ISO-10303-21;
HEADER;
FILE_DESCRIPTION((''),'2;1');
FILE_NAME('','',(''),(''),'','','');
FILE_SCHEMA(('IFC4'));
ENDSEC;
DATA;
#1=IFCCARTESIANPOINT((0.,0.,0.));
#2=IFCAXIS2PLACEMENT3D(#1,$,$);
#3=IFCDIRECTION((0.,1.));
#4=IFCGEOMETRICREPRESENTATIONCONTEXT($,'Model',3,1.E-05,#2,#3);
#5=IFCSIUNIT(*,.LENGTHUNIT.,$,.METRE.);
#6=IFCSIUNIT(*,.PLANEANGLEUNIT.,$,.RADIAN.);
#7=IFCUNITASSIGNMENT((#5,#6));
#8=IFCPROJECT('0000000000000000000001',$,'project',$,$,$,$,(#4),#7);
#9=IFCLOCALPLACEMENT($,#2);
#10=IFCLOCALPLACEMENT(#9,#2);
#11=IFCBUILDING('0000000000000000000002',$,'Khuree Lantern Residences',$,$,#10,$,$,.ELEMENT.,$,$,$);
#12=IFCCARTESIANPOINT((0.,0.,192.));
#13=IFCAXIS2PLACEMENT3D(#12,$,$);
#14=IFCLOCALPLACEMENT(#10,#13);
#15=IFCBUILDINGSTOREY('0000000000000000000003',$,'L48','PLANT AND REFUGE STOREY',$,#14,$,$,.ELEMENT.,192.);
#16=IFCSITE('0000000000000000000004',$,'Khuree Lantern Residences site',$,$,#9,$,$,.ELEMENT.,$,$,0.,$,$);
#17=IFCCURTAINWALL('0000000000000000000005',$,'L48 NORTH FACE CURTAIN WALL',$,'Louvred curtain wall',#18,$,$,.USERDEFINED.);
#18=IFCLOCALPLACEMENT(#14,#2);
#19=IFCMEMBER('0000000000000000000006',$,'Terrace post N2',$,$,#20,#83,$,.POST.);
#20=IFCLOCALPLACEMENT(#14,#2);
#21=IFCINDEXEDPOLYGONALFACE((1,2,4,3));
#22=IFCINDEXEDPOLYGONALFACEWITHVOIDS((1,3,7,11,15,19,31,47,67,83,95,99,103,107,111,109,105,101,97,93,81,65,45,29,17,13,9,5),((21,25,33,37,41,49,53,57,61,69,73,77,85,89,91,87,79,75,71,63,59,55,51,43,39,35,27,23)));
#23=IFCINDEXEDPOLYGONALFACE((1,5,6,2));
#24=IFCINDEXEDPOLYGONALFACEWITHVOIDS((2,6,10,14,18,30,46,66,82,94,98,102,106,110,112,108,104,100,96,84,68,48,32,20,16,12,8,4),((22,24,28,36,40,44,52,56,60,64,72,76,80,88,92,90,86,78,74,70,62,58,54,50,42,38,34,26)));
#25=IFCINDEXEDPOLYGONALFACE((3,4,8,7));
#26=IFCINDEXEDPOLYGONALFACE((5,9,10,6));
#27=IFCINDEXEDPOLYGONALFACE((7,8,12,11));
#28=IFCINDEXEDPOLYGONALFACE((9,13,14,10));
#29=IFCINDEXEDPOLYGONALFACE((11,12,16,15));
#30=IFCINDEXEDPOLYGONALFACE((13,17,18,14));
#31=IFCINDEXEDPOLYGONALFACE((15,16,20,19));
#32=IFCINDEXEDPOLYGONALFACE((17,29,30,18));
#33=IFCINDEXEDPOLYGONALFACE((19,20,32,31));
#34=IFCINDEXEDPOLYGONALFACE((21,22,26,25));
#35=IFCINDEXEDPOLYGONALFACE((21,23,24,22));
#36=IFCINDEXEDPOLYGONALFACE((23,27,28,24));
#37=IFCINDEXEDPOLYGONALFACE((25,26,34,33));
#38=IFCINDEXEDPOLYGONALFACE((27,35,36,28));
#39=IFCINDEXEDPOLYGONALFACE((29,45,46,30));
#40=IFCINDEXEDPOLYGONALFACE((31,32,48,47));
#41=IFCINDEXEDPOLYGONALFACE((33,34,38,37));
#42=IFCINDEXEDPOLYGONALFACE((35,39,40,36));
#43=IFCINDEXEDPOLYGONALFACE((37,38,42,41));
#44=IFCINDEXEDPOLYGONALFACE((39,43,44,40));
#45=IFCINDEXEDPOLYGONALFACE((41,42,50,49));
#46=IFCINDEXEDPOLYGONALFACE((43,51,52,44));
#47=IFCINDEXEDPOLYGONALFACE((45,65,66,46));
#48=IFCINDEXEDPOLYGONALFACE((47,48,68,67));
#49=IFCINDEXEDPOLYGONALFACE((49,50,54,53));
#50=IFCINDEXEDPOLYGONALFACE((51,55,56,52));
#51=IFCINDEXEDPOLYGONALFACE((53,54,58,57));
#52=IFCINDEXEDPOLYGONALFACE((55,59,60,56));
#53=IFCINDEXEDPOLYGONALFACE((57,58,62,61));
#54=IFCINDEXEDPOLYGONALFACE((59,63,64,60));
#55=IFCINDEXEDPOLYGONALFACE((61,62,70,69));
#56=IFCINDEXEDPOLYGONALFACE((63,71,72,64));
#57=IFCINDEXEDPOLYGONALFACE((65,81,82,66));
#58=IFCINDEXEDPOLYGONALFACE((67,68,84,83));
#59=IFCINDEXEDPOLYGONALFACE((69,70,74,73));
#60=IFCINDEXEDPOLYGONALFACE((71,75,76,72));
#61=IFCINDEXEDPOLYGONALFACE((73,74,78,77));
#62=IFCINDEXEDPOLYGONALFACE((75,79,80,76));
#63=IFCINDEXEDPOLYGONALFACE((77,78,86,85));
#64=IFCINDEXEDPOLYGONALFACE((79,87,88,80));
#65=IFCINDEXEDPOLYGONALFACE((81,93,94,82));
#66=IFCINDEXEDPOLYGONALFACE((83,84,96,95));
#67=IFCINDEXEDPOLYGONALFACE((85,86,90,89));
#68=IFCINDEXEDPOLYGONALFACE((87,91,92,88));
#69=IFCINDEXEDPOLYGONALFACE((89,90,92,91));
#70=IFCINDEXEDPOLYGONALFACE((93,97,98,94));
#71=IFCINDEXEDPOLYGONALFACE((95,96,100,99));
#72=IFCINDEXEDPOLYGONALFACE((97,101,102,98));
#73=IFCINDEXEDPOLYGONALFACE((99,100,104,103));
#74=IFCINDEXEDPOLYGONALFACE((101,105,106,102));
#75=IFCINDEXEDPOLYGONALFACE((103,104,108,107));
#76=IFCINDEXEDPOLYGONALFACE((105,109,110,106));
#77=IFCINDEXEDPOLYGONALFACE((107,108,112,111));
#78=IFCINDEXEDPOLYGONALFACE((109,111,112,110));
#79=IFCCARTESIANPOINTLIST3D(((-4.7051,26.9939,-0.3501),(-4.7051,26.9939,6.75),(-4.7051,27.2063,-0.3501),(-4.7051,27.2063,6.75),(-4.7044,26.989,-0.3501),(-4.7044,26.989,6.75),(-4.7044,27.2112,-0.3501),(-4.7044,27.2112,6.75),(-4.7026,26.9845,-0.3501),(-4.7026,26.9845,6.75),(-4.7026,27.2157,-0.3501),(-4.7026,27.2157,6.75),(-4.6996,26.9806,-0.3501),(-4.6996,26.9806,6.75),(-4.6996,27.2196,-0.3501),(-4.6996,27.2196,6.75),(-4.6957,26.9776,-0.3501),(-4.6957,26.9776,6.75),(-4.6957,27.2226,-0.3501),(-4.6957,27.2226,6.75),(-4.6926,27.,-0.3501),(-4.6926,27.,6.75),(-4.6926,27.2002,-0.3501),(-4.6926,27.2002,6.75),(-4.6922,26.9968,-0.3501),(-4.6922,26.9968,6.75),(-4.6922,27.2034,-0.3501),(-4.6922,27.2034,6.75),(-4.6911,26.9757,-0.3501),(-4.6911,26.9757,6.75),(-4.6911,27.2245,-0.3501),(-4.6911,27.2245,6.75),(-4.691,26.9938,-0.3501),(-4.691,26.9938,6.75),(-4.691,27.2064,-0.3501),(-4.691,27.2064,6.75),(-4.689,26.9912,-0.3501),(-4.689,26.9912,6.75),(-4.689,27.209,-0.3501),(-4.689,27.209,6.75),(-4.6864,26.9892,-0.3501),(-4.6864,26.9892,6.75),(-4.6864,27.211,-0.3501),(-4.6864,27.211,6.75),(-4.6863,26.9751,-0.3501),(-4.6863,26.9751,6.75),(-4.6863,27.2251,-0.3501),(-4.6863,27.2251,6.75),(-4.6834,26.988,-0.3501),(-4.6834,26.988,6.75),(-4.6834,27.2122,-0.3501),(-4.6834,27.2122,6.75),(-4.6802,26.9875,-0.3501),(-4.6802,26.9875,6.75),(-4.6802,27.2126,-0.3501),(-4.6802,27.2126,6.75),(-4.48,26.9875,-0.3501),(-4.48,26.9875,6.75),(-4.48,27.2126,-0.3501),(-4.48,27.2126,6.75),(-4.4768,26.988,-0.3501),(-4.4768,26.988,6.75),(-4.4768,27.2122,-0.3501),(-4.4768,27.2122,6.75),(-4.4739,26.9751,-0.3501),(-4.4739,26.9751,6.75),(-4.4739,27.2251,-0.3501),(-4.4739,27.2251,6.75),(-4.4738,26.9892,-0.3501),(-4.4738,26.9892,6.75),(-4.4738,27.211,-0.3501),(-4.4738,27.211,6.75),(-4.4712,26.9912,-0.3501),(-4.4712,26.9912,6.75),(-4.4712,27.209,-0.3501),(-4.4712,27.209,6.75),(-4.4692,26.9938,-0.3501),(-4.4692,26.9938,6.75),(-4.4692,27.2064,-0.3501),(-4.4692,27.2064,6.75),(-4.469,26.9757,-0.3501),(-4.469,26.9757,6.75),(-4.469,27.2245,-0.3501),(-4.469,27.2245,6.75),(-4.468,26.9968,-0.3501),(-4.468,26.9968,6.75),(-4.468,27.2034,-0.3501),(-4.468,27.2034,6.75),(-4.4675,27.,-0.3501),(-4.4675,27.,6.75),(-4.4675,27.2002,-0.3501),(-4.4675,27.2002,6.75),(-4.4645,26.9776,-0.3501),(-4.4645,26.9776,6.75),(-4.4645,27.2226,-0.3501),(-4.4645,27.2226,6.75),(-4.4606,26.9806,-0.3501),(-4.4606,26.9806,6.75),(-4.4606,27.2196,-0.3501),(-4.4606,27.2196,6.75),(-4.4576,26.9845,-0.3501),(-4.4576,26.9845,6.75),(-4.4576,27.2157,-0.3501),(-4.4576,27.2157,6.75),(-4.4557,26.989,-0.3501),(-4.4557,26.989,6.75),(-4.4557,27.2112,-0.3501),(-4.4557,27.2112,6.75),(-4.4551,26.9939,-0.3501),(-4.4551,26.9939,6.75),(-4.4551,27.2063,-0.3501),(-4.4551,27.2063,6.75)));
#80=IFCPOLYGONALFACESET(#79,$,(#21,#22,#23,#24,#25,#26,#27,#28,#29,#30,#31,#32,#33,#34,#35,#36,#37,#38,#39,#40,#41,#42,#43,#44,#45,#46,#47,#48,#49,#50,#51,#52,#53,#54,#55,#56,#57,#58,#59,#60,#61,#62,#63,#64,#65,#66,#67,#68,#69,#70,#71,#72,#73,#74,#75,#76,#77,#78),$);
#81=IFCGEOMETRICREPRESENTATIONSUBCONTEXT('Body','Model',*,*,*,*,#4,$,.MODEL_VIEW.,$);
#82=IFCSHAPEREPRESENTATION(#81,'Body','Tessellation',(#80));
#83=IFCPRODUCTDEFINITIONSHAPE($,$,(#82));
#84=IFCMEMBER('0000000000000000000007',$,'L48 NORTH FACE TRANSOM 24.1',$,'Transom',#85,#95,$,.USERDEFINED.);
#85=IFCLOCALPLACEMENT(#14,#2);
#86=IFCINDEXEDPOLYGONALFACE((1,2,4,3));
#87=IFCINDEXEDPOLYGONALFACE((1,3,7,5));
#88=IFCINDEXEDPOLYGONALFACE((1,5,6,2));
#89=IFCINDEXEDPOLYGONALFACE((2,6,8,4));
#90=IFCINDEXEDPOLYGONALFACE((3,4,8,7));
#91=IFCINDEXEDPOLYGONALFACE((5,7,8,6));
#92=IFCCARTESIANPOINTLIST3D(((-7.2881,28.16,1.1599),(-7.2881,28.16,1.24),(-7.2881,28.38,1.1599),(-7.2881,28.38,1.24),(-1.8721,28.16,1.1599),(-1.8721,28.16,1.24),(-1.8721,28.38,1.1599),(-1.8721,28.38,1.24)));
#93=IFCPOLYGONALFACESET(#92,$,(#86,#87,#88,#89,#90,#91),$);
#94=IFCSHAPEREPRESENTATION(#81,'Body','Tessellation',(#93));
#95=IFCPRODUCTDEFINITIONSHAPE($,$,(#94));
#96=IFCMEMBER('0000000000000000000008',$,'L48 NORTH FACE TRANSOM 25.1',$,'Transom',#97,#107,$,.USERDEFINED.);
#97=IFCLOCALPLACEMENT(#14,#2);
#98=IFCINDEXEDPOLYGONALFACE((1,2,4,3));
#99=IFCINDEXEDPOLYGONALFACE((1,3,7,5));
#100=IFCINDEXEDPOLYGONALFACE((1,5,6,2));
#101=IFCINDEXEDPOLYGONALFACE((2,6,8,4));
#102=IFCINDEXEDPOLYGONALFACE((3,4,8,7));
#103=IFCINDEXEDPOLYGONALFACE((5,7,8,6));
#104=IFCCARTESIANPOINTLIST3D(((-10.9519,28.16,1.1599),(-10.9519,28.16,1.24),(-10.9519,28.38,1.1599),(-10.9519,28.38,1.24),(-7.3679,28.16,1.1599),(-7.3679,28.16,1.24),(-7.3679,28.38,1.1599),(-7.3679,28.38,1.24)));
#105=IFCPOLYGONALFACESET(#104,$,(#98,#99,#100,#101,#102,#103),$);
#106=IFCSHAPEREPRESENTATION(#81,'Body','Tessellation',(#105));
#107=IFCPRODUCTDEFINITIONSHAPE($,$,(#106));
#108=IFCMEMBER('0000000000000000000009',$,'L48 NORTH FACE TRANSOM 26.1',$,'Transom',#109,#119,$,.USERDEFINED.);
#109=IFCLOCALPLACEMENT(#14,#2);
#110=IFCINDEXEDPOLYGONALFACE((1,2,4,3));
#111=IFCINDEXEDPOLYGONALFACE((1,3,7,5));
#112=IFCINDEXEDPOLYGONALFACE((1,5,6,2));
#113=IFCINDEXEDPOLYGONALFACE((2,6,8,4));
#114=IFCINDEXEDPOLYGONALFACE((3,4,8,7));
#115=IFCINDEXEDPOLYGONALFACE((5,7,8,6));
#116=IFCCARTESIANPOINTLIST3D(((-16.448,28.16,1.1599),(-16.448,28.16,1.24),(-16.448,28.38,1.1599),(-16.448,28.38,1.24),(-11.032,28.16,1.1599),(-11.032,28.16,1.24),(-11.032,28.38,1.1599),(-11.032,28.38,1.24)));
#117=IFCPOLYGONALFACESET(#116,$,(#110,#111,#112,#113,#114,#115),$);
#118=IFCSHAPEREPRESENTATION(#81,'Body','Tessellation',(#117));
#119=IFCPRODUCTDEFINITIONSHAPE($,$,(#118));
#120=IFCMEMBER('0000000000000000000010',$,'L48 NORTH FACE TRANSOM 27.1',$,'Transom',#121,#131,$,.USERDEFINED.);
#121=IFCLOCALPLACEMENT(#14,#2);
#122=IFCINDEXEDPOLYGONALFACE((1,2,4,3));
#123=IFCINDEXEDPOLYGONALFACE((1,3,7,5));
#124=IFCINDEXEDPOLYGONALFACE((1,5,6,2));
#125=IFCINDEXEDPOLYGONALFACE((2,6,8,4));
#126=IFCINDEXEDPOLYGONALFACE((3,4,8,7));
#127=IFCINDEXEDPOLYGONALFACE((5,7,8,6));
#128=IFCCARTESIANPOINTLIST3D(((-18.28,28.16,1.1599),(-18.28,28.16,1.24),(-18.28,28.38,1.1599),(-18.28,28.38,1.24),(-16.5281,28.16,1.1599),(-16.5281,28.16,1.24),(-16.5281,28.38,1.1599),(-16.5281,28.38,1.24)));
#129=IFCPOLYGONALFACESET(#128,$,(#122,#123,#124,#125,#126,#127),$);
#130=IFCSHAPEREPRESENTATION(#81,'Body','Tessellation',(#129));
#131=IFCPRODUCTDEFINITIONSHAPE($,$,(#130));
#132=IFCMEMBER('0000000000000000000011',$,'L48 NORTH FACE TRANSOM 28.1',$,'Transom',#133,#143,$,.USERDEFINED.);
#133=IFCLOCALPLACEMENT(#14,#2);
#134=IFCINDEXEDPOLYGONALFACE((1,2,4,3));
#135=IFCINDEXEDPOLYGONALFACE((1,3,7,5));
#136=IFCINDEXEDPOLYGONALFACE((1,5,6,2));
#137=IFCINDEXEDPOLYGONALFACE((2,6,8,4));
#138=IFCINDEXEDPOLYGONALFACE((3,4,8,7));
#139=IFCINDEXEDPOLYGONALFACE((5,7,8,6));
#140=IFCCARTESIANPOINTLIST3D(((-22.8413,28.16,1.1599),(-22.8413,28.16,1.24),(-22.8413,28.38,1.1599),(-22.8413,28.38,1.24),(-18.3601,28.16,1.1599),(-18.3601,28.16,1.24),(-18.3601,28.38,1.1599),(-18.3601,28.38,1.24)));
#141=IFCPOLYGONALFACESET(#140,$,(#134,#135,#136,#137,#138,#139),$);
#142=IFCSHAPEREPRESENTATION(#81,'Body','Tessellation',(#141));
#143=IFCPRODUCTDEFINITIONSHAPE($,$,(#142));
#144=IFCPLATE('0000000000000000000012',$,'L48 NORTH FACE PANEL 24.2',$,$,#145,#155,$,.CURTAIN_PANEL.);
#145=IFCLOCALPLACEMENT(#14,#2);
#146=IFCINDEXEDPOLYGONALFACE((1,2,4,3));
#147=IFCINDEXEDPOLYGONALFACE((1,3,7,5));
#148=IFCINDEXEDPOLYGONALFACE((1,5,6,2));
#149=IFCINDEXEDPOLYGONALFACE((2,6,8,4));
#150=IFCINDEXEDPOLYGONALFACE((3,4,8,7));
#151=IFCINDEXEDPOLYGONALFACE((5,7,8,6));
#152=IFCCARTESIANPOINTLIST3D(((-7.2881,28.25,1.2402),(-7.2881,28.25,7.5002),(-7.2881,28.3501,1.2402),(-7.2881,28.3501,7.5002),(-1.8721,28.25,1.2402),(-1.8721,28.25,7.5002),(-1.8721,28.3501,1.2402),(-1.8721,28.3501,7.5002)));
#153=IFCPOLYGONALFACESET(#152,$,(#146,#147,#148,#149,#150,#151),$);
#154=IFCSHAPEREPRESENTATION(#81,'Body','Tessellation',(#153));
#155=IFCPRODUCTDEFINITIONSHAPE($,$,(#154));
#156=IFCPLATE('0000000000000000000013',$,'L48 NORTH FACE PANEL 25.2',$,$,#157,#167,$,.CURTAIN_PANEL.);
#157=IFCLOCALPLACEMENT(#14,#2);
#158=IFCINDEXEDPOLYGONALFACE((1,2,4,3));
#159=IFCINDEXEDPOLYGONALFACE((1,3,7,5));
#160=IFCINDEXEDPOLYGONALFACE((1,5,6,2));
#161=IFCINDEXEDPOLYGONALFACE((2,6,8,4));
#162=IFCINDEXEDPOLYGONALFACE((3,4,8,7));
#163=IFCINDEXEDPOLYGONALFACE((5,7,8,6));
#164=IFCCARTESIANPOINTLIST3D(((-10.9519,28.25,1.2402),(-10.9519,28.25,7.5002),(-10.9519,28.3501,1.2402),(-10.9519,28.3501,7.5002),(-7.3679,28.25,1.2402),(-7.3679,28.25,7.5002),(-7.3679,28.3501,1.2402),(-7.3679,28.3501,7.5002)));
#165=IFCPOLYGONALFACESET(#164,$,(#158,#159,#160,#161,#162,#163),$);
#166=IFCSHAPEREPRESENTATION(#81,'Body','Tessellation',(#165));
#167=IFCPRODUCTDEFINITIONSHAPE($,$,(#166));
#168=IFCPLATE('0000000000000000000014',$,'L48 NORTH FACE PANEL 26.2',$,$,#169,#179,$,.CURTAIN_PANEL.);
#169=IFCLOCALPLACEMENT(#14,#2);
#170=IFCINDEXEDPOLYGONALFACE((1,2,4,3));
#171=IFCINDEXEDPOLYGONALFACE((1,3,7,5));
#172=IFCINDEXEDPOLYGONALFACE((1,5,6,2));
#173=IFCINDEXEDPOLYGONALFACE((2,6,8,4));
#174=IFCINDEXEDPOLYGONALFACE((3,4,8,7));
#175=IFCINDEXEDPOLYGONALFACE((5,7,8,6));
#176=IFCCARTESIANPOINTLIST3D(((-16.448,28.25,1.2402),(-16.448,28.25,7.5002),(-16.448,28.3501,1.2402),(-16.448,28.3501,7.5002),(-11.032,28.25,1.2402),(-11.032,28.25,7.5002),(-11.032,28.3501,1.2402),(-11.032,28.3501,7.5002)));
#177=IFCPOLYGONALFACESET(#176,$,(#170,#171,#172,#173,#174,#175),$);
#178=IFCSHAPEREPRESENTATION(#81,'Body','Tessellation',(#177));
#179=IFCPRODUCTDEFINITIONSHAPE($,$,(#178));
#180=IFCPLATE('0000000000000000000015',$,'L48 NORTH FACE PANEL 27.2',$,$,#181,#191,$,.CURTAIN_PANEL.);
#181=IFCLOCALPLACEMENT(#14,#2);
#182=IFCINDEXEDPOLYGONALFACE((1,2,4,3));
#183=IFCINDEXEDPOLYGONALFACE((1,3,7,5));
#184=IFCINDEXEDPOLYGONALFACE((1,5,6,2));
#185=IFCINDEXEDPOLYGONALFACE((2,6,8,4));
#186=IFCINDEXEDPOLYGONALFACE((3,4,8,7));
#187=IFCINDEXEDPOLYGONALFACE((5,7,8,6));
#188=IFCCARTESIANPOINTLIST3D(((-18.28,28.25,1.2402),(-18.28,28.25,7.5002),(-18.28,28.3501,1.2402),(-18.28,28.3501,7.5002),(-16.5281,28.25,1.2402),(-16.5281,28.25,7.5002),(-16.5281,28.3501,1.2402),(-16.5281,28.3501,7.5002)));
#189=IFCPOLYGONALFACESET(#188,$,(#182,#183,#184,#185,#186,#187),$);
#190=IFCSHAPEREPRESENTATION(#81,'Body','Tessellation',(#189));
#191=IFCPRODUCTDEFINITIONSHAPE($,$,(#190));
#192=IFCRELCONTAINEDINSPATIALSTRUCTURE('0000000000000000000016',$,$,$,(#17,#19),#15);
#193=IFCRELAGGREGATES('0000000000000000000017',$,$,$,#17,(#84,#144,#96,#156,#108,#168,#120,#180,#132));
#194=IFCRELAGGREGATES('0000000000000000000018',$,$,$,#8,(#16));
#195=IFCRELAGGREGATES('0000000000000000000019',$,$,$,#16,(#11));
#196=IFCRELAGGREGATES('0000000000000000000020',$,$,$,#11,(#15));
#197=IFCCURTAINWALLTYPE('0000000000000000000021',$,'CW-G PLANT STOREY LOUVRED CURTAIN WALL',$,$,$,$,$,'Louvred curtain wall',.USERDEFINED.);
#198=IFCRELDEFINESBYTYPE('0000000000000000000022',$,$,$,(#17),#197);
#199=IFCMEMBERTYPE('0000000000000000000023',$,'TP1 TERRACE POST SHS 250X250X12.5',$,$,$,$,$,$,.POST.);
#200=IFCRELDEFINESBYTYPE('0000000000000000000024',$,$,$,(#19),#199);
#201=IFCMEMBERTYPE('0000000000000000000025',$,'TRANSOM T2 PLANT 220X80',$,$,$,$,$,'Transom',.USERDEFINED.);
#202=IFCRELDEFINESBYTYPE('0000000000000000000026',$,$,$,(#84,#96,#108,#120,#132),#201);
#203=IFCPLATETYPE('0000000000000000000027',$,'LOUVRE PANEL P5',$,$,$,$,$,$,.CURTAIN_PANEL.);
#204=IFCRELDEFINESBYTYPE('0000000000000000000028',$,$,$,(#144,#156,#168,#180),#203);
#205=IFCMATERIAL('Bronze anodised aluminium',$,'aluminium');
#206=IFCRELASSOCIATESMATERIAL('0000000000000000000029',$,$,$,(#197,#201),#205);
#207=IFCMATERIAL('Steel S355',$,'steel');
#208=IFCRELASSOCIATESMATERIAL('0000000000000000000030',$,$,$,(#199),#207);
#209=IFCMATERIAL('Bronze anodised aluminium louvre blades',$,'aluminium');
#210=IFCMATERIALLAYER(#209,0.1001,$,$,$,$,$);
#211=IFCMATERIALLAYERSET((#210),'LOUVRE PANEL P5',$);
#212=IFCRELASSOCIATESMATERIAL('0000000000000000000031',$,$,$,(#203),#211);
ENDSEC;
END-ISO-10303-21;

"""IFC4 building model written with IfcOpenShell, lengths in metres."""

from ifc_helpers import new_model, si_unit, direction, frame, origin, origin_2d, place, context, subcontext, project, spatial, rectangle, hollow_rectangle, extrude, material, layer, layer_set, material_profile, profile_set, type_object, element, aggregate, save


model = new_model("IFC4")

# Units and contexts
model_context = context("Model", 3, precision=1e-05, world=origin(), true_north=direction((0.0, 1.0)))
body_context = subcontext(model_context, "Body", "Model", "MODEL_VIEW")
ifc_project = project(units=[si_unit("LENGTHUNIT", "METRE"), si_unit("PLANEANGLEUNIT", "RADIAN")], contexts=[model_context])

# Site, building, storey
site_placement = place(None, origin())
site = spatial("IfcSite", under=ifc_project, at=site_placement, Name="Khuree Lantern Residences site", CompositionType="ELEMENT", RefElevation=0.0)
building_placement = place(site_placement, origin())
building = spatial("IfcBuilding", under=site, at=building_placement, Name="Khuree Lantern Residences", CompositionType="ELEMENT")
storey_placement = place(building_placement, frame((0.0, 0.0, 192.0)))
storey = spatial("IfcBuildingStorey", under=building, at=storey_placement, Name="L48", Description="PLANT AND REFUGE STOREY", CompositionType="ELEMENT", Elevation=192.0)

# Shared definitions
ifc_material_1 = material(Name="Steel S355", Category="steel")

# Curtain wall
ifc_material_2 = material(Name="Bronze anodised aluminium", Category="aluminium")
curtain_wall_type = type_object("IfcCurtainWallType", Name="CW-G PLANT STOREY LOUVRED CURTAIN WALL", ElementType="Louvred curtain wall", PredefinedType="USERDEFINED", material=ifc_material_2)
curtain_wall_placement = place(storey_placement, origin())
curtain_wall = element("IfcCurtainWall", 1, at=curtain_wall_placement, inside=storey, type_object=curtain_wall_type, Name="L48 NORTH FACE CURTAIN WALL", ObjectType="Louvred curtain wall", PredefinedType="USERDEFINED")

# Member
ifc_material_profile_1 = material_profile(ifc_material_1, hollow_rectangle(XDim=0.25, YDim=0.25, WallThickness=0.0125, InnerFilletRadius=0.0125, OuterFilletRadius=0.0188, at=origin_2d()), Name="SHS 250X250X12.5")
ifc_profile_set_1 = profile_set([ifc_material_profile_1], Name="Steel S355")
member_type_1 = type_object("IfcMemberType", Name="TP1 TERRACE POST SHS 250X250X12.5", PredefinedType="POST", material=ifc_profile_set_1)
for number, where, z_axis, x_axis, name in (
    (2, (-4.5801, 27.1001, -0.3501), (0.0, 0.0, 1.0), (1.0, 0.0, 0.0), "Terrace post N2"),
):
    element("IfcMember", number, at=place(storey_placement, frame(where, z_axis=z_axis, x_axis=x_axis)), inside=storey, type_object=member_type_1, Name=name, PredefinedType="POST", context=body_context, shape_type="SweptSolid", body=[
        extrude(hollow_rectangle(XDim=0.25, YDim=0.25, WallThickness=0.0125, InnerFilletRadius=0.0125, OuterFilletRadius=0.0188, at=origin_2d()), origin(), (0.0, 0.0, 1.0), 7.1001),
    ])

# Members
ifc_material_profile_2 = material_profile(ifc_material_2, rectangle(XDim=0.22, YDim=0.0801, at=origin_2d()), Name="T2 220X80")
ifc_profile_set_2 = profile_set([ifc_material_profile_2], Name="Bronze anodised aluminium")
member_type_2 = type_object("IfcMemberType", Name="TRANSOM T2 PLANT 220X80", ElementType="Transom", PredefinedType="USERDEFINED", material=ifc_profile_set_2)
member_1_placement = place(storey_placement, frame((-1.8721, 28.27, 1.2), z_axis=(-1.0, 0.0, 0.0), x_axis=(0.0, -1.0, 0.0)))
member_1 = element("IfcMember", 3, at=member_1_placement, type_object=member_type_2, Name="L48 NORTH FACE TRANSOM 24.1", ObjectType="Transom", PredefinedType="USERDEFINED", context=body_context, shape_type="SweptSolid", body=[
    extrude(rectangle(XDim=0.22, YDim=0.0801, at=origin_2d()), origin(), (0.0, 0.0, 1.0), 5.416),
])
member_2_placement = place(storey_placement, frame((-7.3679, 28.27, 1.2), z_axis=(-1.0, 0.0, 0.0), x_axis=(0.0, -1.0, 0.0)))
member_2 = element("IfcMember", 4, at=member_2_placement, type_object=member_type_2, Name="L48 NORTH FACE TRANSOM 25.1", ObjectType="Transom", PredefinedType="USERDEFINED", context=body_context, shape_type="SweptSolid", body=[
    extrude(rectangle(XDim=0.22, YDim=0.0801, at=origin_2d()), origin(), (0.0, 0.0, 1.0), 3.584),
])
member_3_placement = place(storey_placement, frame((-11.032, 28.27, 1.2), z_axis=(-1.0, 0.0, 0.0), x_axis=(0.0, -1.0, 0.0)))
member_3 = element("IfcMember", 5, at=member_3_placement, type_object=member_type_2, Name="L48 NORTH FACE TRANSOM 26.1", ObjectType="Transom", PredefinedType="USERDEFINED", context=body_context, shape_type="SweptSolid", body=[
    extrude(rectangle(XDim=0.22, YDim=0.0801, at=origin_2d()), origin(), (0.0, 0.0, 1.0), 5.416),
])
member_4_placement = place(storey_placement, frame((-16.5281, 28.27, 1.2), z_axis=(-1.0, 0.0, 0.0), x_axis=(0.0, -1.0, 0.0)))
member_4 = element("IfcMember", 6, at=member_4_placement, type_object=member_type_2, Name="L48 NORTH FACE TRANSOM 27.1", ObjectType="Transom", PredefinedType="USERDEFINED", context=body_context, shape_type="SweptSolid", body=[
    extrude(rectangle(XDim=0.22, YDim=0.0801, at=origin_2d()), origin(), (0.0, 0.0, 1.0), 1.752),
])
member_5_placement = place(storey_placement, frame((-18.3601, 28.27, 1.2), z_axis=(-1.0, 0.0, 0.0), x_axis=(0.0, -1.0, 0.0)))
member_5 = element("IfcMember", 7, at=member_5_placement, type_object=member_type_2, Name="L48 NORTH FACE TRANSOM 28.1", ObjectType="Transom", PredefinedType="USERDEFINED", context=body_context, shape_type="SweptSolid", body=[
    extrude(rectangle(XDim=0.22, YDim=0.0801, at=origin_2d()), origin(), (0.0, 0.0, 1.0), 4.4812),
])

# Plates
ifc_material_3 = material(Name="Bronze anodised aluminium louvre blades", Category="aluminium")
ifc_layer_1 = layer(ifc_material_3, 0.1001)
ifc_layer_set_1 = layer_set([ifc_layer_1], Name="LOUVRE PANEL P5")
plate_type_1 = type_object("IfcPlateType", Name="LOUVRE PANEL P5", PredefinedType="CURTAIN_PANEL", material=ifc_layer_set_1)
plate_1_placement = place(storey_placement, frame((-4.5801, 28.3, 1.2402), z_axis=(0.0, 0.0, 1.0), x_axis=(-1.0, 0.0, 0.0)))
plate_1 = element("IfcPlate", 8, at=plate_1_placement, type_object=plate_type_1, Name="L48 NORTH FACE PANEL 24.2", PredefinedType="CURTAIN_PANEL", context=body_context, shape_type="SweptSolid", body=[
    extrude(rectangle(XDim=5.416, YDim=0.1001, at=origin_2d()), origin(), (0.0, 0.0, 1.0), 6.26),
])
plate_2_placement = place(storey_placement, frame((-9.1599, 28.3, 1.2402), z_axis=(0.0, 0.0, 1.0), x_axis=(-1.0, 0.0, 0.0)))
plate_2 = element("IfcPlate", 9, at=plate_2_placement, type_object=plate_type_1, Name="L48 NORTH FACE PANEL 25.2", PredefinedType="CURTAIN_PANEL", context=body_context, shape_type="SweptSolid", body=[
    extrude(rectangle(XDim=3.584, YDim=0.1001, at=origin_2d()), origin(), (0.0, 0.0, 1.0), 6.26),
])
plate_3_placement = place(storey_placement, frame((-13.74, 28.3, 1.2402), z_axis=(0.0, 0.0, 1.0), x_axis=(-1.0, 0.0, 0.0)))
plate_3 = element("IfcPlate", 10, at=plate_3_placement, type_object=plate_type_1, Name="L48 NORTH FACE PANEL 26.2", PredefinedType="CURTAIN_PANEL", context=body_context, shape_type="SweptSolid", body=[
    extrude(rectangle(XDim=5.416, YDim=0.1001, at=origin_2d()), origin(), (0.0, 0.0, 1.0), 6.26),
])
plate_4_placement = place(storey_placement, frame((-17.4041, 28.3, 1.2402), z_axis=(0.0, 0.0, 1.0), x_axis=(-1.0, 0.0, 0.0)))
plate_4 = element("IfcPlate", 11, at=plate_4_placement, type_object=plate_type_1, Name="L48 NORTH FACE PANEL 27.2", PredefinedType="CURTAIN_PANEL", context=body_context, shape_type="SweptSolid", body=[
    extrude(rectangle(XDim=1.752, YDim=0.1001, at=origin_2d()), origin(), (0.0, 0.0, 1.0), 6.26),
])
aggregate(curtain_wall, [member_1, plate_1, member_2, plate_2, member_3, plate_3, member_4, plate_4, member_5])

save(model, "model.ifc")
